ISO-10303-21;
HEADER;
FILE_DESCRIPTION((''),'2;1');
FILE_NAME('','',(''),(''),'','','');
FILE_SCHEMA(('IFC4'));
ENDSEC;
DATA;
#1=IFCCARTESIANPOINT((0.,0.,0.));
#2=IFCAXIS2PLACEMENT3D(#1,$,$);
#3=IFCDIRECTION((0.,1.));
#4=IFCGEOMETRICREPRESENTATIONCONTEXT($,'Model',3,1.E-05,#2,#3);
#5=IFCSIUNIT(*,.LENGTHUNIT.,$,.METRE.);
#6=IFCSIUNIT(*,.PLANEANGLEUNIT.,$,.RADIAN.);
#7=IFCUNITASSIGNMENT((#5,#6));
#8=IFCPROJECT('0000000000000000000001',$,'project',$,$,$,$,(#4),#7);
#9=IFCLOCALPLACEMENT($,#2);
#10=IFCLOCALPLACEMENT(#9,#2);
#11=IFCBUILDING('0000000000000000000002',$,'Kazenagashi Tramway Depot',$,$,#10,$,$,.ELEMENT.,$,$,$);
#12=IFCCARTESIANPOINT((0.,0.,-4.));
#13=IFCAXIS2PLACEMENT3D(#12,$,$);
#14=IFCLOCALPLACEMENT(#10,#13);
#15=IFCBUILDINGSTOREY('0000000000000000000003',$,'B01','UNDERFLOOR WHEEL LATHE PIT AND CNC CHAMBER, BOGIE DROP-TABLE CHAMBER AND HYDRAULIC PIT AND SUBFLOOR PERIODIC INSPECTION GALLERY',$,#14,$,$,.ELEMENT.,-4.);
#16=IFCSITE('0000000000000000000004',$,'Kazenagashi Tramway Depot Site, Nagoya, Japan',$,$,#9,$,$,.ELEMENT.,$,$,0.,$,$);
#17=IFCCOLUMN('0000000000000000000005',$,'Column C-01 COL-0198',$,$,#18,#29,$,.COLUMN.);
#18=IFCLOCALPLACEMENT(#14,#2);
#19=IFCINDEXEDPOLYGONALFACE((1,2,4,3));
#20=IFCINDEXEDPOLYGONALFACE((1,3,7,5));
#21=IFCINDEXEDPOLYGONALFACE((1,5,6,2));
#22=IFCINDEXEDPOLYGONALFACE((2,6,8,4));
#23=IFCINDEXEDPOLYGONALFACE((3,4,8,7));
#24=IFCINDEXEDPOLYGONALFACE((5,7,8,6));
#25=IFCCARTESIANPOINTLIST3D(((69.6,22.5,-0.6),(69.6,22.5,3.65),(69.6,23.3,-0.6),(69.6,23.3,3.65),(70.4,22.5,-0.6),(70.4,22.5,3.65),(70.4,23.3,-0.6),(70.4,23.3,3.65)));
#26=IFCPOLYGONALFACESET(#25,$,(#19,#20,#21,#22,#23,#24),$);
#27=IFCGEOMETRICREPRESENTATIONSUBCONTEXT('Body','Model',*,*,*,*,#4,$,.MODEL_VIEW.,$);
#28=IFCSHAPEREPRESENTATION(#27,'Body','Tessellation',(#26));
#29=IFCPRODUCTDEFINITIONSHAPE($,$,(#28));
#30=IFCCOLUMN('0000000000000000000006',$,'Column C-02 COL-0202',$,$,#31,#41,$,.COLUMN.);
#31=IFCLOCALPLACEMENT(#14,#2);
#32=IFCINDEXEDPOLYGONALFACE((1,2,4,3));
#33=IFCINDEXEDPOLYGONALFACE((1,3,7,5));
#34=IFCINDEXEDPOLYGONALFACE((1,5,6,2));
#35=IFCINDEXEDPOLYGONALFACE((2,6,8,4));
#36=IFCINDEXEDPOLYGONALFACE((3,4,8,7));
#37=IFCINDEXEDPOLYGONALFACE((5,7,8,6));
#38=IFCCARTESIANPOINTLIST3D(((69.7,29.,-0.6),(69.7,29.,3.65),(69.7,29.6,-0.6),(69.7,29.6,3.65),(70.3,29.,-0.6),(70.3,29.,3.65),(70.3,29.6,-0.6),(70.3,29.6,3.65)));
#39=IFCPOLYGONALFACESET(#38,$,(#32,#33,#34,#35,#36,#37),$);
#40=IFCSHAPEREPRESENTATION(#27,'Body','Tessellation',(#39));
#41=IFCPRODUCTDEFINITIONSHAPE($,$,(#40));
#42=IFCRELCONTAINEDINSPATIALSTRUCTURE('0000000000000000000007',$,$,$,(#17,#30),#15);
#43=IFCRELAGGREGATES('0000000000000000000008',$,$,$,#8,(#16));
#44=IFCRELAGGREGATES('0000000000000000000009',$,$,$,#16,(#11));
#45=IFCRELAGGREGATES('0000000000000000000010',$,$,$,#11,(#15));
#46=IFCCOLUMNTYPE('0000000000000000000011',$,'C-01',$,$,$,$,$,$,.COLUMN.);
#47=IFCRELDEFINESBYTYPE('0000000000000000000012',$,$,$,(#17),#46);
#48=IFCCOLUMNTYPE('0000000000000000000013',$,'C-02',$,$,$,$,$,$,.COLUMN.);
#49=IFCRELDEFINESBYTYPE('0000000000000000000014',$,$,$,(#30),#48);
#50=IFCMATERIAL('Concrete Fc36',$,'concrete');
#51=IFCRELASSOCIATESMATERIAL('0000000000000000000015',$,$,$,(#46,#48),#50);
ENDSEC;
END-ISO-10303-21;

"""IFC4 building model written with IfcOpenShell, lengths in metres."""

from ifc_helpers import new_model, si_unit, direction, frame, origin, origin_2d, place, context, subcontext, project, spatial, rectangle, extrude, material, material_profile, profile_set, type_object, element, save


model = new_model("IFC4")

# Units and contexts
model_context = context("Model", 3, precision=1e-05, world=origin(), true_north=direction((0.0, 1.0)))
body_context = subcontext(model_context, "Body", "Model", "MODEL_VIEW")
ifc_project = project(units=[si_unit("LENGTHUNIT", "METRE"), si_unit("PLANEANGLEUNIT", "RADIAN")], contexts=[model_context])

# Site, building, storey
site_placement = place(None, origin())
site = spatial("IfcSite", under=ifc_project, at=site_placement, Name="Kazenagashi Tramway Depot Site, Nagoya, Japan", CompositionType="ELEMENT", RefElevation=0.0)
building_placement = place(site_placement, origin())
building = spatial("IfcBuilding", under=site, at=building_placement, Name="Kazenagashi Tramway Depot", CompositionType="ELEMENT")
storey_placement = place(building_placement, frame((0.0, 0.0, -4.0)))
storey = spatial("IfcBuildingStorey", under=building, at=storey_placement, Name="B01", Description="UNDERFLOOR WHEEL LATHE PIT AND CNC CHAMBER, BOGIE DROP-TABLE CHAMBER AND HYDRAULIC PIT AND SUBFLOOR PERIODIC INSPECTION GALLERY", CompositionType="ELEMENT", Elevation=-4.0)

# Columns
ifc_material_1 = material(Name="Concrete Fc36", Category="concrete")
ifc_material_profile_1 = material_profile(ifc_material_1, rectangle(XDim=0.8, YDim=0.8, at=origin_2d()), Name="RC-800x800")
ifc_profile_set_1 = profile_set([ifc_material_profile_1], Name="Concrete Fc36")
column_type_1 = type_object("IfcColumnType", Name="C-01", PredefinedType="COLUMN", material=ifc_profile_set_1)
for number, where, z_axis, x_axis, name in (
    (1, (70.0, 22.9, -0.6), (0.0, 0.0, 1.0), (1.0, 0.0, 0.0), "Column C-01 COL-0198"),
):
    element("IfcColumn", number, at=place(storey_placement, frame(where, z_axis=z_axis, x_axis=x_axis)), inside=storey, type_object=column_type_1, Name=name, PredefinedType="COLUMN", context=body_context, shape_type="SweptSolid", body=[
        extrude(rectangle(XDim=0.8, YDim=0.8, at=origin_2d()), origin(), (0.0, 0.0, 1.0), 4.25),
    ])
ifc_material_profile_2 = material_profile(ifc_material_1, rectangle(XDim=0.6, YDim=0.6, at=origin_2d()), Name="RC-600x600")
ifc_profile_set_2 = profile_set([ifc_material_profile_2], Name="Concrete Fc36")
column_type_2 = type_object("IfcColumnType", Name="C-02", PredefinedType="COLUMN", material=ifc_profile_set_2)
column_placement = place(storey_placement, frame((70.0, 29.3, -0.6), z_axis=(0.0, 0.0, 1.0), x_axis=(1.0, 0.0, 0.0)))
element("IfcColumn", 2, at=column_placement, inside=storey, type_object=column_type_2, Name="Column C-02 COL-0202", PredefinedType="COLUMN", context=body_context, shape_type="SweptSolid", body=[
    extrude(rectangle(XDim=0.6, YDim=0.6, at=origin_2d()), origin(), (0.0, 0.0, 1.0), 4.25),
])

save(model, "model.ifc")
